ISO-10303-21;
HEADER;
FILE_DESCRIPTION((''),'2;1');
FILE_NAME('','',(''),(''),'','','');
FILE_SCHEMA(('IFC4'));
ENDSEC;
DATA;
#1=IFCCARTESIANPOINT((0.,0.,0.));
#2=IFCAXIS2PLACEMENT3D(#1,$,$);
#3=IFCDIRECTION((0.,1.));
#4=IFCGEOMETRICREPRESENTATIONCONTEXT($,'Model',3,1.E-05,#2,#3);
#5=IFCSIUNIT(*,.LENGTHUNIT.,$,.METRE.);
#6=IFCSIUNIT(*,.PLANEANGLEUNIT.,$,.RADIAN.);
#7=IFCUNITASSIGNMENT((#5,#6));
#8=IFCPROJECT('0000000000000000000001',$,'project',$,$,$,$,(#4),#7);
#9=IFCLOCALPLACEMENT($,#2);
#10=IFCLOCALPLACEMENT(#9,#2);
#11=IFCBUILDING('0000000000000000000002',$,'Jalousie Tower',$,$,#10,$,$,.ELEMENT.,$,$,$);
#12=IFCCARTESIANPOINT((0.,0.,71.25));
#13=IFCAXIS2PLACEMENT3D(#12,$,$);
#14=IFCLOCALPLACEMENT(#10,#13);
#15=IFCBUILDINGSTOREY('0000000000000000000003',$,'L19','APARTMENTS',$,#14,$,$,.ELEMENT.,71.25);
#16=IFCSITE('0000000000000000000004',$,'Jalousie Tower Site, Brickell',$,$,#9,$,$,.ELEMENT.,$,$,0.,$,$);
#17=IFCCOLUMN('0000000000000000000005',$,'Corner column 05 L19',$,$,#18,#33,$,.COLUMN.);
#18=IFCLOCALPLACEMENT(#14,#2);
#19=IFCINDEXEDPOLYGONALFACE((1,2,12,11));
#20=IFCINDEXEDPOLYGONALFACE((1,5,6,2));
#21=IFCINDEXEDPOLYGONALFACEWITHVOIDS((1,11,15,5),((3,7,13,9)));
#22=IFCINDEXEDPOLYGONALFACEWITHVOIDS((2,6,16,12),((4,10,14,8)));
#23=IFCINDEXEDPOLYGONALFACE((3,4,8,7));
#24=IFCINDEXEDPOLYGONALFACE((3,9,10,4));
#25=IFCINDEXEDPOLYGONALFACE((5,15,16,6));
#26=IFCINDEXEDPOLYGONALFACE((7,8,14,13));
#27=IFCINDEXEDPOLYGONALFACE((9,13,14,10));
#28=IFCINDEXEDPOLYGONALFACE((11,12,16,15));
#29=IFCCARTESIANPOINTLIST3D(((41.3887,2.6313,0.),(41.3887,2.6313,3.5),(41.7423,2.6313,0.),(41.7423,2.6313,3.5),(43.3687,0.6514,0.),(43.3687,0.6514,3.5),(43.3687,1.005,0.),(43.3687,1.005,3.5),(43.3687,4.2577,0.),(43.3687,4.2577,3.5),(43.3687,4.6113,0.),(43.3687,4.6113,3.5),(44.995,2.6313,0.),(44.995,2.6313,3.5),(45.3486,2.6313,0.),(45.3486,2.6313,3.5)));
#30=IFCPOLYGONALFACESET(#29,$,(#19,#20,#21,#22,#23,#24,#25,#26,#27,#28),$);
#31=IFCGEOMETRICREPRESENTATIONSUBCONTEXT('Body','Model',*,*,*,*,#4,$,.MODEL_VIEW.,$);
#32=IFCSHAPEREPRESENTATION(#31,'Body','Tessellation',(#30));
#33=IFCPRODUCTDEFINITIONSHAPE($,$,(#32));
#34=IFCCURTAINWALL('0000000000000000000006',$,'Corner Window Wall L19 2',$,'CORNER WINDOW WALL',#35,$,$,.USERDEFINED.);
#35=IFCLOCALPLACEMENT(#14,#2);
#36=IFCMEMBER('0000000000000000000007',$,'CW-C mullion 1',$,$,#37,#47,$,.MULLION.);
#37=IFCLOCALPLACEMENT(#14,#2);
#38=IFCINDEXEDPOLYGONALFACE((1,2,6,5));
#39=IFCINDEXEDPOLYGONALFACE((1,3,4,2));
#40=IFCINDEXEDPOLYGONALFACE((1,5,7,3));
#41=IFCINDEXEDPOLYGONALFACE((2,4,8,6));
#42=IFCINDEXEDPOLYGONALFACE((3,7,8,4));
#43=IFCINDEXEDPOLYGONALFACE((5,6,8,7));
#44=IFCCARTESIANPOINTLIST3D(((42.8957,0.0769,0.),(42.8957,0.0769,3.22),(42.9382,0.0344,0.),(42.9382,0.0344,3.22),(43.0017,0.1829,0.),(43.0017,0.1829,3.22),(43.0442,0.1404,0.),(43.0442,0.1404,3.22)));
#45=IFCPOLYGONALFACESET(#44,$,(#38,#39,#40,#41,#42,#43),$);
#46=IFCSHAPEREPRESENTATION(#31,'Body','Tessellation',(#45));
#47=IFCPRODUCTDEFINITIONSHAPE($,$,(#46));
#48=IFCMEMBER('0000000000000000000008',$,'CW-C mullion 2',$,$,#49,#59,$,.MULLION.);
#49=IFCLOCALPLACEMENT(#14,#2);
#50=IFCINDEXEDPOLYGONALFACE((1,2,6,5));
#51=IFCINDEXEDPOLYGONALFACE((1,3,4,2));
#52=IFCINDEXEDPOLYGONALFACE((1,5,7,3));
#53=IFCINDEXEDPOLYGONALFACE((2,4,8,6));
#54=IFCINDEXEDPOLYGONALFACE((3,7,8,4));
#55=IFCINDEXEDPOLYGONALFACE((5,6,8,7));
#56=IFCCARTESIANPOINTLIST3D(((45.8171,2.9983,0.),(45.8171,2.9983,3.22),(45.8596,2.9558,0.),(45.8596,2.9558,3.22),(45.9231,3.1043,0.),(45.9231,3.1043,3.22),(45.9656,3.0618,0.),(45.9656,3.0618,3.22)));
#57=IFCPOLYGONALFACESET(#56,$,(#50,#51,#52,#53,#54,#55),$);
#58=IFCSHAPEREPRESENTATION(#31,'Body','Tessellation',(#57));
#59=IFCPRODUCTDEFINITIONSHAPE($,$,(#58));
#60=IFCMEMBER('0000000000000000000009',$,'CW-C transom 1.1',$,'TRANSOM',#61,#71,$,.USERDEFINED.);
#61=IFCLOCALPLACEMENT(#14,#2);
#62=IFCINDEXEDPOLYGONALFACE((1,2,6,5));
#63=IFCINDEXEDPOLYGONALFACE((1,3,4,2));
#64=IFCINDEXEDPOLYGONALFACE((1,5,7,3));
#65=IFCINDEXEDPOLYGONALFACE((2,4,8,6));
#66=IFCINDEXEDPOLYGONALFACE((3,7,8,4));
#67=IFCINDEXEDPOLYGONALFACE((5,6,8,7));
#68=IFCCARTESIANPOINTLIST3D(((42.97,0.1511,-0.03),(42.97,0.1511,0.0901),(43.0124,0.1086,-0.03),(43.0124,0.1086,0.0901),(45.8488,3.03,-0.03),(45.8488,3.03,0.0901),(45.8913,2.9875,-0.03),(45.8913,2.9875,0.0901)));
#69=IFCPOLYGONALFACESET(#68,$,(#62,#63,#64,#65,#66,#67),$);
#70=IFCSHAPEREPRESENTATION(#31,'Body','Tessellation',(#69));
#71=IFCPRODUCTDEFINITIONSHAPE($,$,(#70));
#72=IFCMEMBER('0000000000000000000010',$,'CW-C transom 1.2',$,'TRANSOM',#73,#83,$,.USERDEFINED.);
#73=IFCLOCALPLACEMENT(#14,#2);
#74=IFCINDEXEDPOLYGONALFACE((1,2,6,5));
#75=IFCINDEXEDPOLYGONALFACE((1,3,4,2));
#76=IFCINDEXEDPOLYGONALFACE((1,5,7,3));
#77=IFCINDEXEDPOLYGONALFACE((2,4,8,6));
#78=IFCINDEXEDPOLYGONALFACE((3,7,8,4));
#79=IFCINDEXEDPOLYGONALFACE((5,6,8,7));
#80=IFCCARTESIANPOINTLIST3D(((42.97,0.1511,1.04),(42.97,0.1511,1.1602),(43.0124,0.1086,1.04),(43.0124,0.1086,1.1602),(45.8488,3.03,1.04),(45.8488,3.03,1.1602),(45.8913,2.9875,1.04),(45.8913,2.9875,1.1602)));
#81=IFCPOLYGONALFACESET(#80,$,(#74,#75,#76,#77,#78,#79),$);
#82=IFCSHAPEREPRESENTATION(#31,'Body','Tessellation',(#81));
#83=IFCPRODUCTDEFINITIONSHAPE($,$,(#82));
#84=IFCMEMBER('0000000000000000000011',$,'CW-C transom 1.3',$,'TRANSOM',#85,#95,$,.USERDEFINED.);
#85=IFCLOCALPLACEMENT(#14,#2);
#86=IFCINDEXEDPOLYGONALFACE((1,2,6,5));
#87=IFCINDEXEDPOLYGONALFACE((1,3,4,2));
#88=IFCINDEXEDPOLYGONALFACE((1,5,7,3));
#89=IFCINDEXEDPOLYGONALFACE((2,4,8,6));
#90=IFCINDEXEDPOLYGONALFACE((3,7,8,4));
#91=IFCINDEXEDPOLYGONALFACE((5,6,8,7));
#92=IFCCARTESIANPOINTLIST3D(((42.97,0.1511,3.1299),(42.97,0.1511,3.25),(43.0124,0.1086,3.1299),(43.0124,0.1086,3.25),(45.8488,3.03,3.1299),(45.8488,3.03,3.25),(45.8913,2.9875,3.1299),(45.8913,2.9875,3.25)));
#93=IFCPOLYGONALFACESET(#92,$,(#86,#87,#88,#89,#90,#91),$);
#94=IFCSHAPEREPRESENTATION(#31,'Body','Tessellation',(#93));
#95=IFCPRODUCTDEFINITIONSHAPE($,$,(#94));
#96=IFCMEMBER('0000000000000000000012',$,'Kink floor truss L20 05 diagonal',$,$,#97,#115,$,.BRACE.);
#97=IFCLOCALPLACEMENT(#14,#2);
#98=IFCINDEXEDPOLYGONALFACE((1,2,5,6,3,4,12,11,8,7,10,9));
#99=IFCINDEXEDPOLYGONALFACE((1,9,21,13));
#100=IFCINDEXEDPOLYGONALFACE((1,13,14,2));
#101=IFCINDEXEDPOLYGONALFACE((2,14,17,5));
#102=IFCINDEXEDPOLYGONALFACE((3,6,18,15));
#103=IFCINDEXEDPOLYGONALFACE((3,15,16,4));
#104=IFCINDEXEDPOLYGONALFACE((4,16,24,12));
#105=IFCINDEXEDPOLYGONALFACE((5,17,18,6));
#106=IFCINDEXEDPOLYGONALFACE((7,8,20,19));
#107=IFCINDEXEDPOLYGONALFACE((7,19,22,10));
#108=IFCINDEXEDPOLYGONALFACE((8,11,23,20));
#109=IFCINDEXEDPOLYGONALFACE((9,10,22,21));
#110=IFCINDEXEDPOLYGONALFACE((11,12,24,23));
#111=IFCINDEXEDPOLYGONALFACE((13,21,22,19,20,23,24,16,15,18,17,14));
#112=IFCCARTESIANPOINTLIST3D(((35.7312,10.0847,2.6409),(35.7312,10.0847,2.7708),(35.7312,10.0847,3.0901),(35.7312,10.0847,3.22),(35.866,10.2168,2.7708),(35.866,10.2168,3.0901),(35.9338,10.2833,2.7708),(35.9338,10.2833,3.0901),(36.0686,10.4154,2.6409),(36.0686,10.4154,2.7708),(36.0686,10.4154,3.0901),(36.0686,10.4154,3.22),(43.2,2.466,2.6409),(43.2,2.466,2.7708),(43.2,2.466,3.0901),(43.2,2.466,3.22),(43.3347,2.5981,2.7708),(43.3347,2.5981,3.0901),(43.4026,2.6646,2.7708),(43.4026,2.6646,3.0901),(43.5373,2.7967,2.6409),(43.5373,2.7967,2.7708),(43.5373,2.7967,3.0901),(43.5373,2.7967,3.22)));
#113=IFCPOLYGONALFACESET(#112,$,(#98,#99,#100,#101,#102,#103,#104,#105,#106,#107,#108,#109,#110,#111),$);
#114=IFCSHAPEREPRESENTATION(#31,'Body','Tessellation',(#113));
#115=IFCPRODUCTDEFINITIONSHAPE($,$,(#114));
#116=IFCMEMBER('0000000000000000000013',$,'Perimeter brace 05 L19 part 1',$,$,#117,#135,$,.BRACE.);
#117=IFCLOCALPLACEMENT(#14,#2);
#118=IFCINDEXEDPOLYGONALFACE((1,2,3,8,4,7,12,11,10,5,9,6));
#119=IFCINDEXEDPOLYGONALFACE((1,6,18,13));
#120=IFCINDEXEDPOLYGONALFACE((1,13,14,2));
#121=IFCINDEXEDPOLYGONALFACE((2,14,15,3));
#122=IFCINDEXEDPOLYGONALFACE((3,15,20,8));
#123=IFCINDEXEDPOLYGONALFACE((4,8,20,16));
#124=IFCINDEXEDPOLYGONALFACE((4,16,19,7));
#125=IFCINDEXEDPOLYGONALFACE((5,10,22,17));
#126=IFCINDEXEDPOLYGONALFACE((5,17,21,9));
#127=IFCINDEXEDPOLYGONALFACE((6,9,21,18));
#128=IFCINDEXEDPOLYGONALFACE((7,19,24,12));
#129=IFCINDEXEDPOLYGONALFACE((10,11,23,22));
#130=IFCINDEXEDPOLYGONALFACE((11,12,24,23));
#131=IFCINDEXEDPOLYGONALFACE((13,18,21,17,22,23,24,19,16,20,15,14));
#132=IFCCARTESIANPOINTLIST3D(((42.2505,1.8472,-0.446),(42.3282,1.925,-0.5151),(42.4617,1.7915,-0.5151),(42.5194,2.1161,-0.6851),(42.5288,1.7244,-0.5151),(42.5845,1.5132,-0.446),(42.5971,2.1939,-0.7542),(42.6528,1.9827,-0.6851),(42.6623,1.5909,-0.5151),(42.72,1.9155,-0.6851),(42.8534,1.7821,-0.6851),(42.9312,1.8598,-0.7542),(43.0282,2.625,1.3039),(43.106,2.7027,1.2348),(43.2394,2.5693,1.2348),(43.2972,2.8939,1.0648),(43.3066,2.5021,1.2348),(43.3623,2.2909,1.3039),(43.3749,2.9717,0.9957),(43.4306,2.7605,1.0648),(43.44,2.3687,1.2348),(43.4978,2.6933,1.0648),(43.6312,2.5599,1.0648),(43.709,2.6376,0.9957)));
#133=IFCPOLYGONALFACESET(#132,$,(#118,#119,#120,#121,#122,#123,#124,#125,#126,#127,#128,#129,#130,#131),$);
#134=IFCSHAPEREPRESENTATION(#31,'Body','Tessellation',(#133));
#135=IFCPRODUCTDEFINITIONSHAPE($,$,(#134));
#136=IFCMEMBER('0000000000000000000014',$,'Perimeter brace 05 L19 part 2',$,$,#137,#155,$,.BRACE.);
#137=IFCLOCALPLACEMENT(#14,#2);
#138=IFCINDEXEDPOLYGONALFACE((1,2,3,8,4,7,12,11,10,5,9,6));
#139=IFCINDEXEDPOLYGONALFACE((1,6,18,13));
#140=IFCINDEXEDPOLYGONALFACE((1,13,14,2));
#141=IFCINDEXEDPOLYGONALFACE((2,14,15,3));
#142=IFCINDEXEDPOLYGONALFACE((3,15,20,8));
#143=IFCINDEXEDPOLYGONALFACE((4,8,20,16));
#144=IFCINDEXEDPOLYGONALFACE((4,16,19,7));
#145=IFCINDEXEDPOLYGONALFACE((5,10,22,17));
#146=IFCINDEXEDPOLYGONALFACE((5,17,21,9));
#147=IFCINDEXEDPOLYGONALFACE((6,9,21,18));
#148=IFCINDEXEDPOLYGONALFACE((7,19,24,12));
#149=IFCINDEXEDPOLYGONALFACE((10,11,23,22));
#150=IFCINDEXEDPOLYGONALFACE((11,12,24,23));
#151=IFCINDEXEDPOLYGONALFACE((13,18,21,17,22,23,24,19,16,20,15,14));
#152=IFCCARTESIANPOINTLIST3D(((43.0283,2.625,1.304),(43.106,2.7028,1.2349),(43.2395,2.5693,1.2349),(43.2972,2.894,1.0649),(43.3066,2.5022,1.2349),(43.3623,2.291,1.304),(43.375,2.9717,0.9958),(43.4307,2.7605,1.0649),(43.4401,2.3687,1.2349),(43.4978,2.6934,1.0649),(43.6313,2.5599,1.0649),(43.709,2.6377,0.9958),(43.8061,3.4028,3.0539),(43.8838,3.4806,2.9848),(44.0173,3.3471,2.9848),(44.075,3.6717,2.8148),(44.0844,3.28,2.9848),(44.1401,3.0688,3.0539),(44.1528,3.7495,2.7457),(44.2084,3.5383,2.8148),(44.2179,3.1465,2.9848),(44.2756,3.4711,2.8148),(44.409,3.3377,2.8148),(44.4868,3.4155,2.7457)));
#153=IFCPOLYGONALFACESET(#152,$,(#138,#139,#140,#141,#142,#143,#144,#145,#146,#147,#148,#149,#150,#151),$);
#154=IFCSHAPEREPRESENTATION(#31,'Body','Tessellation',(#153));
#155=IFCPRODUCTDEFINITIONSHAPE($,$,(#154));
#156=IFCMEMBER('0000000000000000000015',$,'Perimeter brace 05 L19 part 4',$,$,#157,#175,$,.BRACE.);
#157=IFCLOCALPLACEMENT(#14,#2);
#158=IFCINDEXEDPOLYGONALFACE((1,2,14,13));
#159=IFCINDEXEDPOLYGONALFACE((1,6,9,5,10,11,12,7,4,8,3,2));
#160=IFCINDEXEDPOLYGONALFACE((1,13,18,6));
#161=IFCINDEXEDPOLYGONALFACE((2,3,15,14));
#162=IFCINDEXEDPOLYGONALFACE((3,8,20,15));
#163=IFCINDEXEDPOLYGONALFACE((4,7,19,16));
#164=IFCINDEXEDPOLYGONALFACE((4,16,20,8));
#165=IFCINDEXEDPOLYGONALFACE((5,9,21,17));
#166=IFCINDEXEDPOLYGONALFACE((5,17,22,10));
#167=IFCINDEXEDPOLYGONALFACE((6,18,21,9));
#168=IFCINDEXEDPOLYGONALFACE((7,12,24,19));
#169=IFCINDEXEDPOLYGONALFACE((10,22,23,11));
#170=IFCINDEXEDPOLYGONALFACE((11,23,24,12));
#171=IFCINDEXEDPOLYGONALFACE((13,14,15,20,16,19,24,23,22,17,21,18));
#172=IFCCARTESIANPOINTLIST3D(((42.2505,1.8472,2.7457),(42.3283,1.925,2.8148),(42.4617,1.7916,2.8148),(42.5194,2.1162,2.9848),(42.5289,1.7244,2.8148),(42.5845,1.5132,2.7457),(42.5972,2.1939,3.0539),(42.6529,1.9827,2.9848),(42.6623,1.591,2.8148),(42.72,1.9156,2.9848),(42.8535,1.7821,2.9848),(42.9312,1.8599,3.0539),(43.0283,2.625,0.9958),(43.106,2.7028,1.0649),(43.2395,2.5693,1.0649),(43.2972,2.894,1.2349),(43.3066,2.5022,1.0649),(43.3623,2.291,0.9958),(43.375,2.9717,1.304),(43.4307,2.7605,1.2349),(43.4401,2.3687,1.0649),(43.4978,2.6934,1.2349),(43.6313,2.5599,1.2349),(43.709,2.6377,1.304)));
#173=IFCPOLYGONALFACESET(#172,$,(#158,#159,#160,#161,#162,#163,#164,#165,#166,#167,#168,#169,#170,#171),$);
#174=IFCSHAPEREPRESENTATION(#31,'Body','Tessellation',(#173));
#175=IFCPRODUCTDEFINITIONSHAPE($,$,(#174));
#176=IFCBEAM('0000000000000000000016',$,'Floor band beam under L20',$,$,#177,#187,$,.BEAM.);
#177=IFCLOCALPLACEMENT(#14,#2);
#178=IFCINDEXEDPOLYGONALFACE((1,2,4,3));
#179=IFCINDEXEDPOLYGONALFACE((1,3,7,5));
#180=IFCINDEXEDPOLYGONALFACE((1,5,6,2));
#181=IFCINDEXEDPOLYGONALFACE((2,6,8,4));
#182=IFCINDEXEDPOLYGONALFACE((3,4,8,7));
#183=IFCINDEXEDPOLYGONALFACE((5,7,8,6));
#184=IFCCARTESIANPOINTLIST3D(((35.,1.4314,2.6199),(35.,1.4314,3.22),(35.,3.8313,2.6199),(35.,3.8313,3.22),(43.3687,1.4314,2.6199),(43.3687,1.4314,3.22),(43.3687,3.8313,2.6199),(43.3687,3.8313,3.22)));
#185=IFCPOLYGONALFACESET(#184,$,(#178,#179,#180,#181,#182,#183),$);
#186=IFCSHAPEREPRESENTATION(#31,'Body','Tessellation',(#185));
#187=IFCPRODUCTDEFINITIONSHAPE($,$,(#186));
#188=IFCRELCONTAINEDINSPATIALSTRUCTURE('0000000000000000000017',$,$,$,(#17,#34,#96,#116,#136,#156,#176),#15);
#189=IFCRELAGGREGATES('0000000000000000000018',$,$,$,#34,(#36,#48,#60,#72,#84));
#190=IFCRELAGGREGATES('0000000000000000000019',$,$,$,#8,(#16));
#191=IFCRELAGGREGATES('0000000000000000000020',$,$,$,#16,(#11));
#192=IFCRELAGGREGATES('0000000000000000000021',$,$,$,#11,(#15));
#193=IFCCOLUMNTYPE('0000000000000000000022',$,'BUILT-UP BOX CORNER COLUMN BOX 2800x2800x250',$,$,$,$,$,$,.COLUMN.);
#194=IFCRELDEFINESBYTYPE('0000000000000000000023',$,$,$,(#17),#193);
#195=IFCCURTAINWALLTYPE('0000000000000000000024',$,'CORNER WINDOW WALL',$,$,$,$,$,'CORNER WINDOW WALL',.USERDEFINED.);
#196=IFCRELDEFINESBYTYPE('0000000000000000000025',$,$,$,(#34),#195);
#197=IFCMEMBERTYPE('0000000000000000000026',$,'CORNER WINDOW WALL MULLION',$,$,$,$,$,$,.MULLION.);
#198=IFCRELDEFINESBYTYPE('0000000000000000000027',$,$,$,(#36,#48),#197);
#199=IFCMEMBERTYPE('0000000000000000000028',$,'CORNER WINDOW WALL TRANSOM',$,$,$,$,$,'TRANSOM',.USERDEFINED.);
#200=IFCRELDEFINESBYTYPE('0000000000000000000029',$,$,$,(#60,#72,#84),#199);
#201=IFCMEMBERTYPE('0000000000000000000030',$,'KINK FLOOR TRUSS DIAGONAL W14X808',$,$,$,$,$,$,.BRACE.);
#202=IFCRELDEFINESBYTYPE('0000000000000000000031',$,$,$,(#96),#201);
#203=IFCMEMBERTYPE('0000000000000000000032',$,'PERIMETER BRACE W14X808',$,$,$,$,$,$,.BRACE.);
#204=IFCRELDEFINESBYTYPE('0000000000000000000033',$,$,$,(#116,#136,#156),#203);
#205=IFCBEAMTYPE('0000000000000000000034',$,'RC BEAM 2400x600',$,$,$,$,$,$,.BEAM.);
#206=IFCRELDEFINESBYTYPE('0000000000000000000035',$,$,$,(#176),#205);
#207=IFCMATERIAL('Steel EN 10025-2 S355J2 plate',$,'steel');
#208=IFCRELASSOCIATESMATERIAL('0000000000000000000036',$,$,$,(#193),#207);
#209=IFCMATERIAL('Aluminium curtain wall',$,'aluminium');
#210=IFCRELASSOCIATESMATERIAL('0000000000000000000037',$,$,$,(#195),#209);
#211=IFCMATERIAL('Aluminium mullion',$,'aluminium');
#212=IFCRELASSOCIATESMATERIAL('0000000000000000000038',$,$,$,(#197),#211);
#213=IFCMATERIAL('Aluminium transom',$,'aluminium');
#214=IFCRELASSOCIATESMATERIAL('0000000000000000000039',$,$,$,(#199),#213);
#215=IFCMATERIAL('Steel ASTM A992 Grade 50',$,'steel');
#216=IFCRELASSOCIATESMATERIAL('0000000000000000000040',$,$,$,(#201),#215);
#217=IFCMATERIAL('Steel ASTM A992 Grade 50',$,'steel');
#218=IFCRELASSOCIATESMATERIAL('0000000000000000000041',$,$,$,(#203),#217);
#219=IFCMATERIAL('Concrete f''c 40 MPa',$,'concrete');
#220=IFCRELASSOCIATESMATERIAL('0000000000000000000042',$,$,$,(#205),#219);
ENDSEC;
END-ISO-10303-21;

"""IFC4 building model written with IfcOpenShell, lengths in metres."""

from ifc_helpers import new_model, si_unit, direction, frame, origin, origin_2d, place, context, subcontext, project, spatial, rectangle, hollow_rectangle, i_section, extrude, material, material_profile, profile_set, type_object, element, aggregate, save


model = new_model("IFC4")

# Units and contexts
model_context = context("Model", 3, precision=1e-05, world=origin(), true_north=direction((0.0, 1.0)))
body_context = subcontext(model_context, "Body", "Model", "MODEL_VIEW")
ifc_project = project(units=[si_unit("LENGTHUNIT", "METRE"), si_unit("PLANEANGLEUNIT", "RADIAN")], contexts=[model_context])

# Site, building, storey
site_placement = place(None, origin())
site = spatial("IfcSite", under=ifc_project, at=site_placement, Name="Jalousie Tower Site, Brickell", CompositionType="ELEMENT", RefElevation=0.0)
building_placement = place(site_placement, origin())
building = spatial("IfcBuilding", under=site, at=building_placement, Name="Jalousie Tower", CompositionType="ELEMENT")
storey_placement = place(building_placement, frame((0.0, 0.0, 71.25)))
storey = spatial("IfcBuildingStorey", under=building, at=storey_placement, Name="L19", Description="APARTMENTS", CompositionType="ELEMENT", Elevation=71.25)

# Column
ifc_material_1 = material(Name="Steel EN 10025-2 S355J2 plate", Category="steel")
ifc_material_profile_1 = material_profile(ifc_material_1, hollow_rectangle(XDim=2.8, YDim=2.8, WallThickness=0.25, at=origin_2d()), Name="BOX 2800x2800x250")
ifc_profile_set_1 = profile_set([ifc_material_profile_1], Name="Steel EN 10025-2 S355J2 plate")
column_type = type_object("IfcColumnType", Name="BUILT-UP BOX CORNER COLUMN BOX 2800x2800x250", PredefinedType="COLUMN", material=ifc_profile_set_1)
column_placement = place(storey_placement, frame((43.3687, 2.6313, 0.0), z_axis=(0.0, 0.0, 1.0), x_axis=(-0.707107, 0.707107, 0.0)))
element("IfcColumn", 1, at=column_placement, inside=storey, type_object=column_type, Name="Corner column 05 L19", PredefinedType="COLUMN", context=body_context, shape_type="SweptSolid", body=[
    extrude(hollow_rectangle(XDim=2.8, YDim=2.8, WallThickness=0.25, at=origin_2d()), origin(), (0.0, 0.0, 1.0), 3.5),
])

# Curtain wall, members
ifc_material_2 = material(Name="Aluminium curtain wall", Category="aluminium")
curtain_wall_type_1 = type_object("IfcCurtainWallType", Name="CORNER WINDOW WALL", ElementType="CORNER WINDOW WALL", PredefinedType="USERDEFINED", material=ifc_material_2)
curtain_wall_1_placement = place(storey_placement, origin())
curtain_wall_1 = element("IfcCurtainWall", 2, at=curtain_wall_1_placement, inside=storey, type_object=curtain_wall_type_1, Name="Corner Window Wall L19 2", ObjectType="CORNER WINDOW WALL", PredefinedType="USERDEFINED")
ifc_material_3 = material(Name="Aluminium mullion", Category="aluminium")
ifc_material_profile_2 = material_profile(ifc_material_3, rectangle(XDim=0.0601, YDim=0.1499, at=origin_2d()), Name="MULLION 60x150")
ifc_profile_set_2 = profile_set([ifc_material_profile_2], Name="Aluminium mullion")
member_type_1 = type_object("IfcMemberType", Name="CORNER WINDOW WALL MULLION", PredefinedType="MULLION", material=ifc_profile_set_2)
member_1_placement = place(storey_placement, frame((42.97, 0.1086, 0.0), z_axis=(0.0, 0.0, 1.0), x_axis=(-0.707107, 0.707107, 0.0)))
member_1 = element("IfcMember", 3, at=member_1_placement, type_object=member_type_1, Name="CW-C mullion 1", PredefinedType="MULLION", context=body_context, shape_type="SweptSolid", body=[
    extrude(rectangle(XDim=0.0601, YDim=0.1499, at=origin_2d()), origin(), (0.0, 0.0, 1.0), 3.22),
])
member_2_placement = place(storey_placement, frame((45.8914, 3.03, 0.0), z_axis=(0.0, 0.0, 1.0), x_axis=(-0.707107, 0.707107, 0.0)))
member_2 = element("IfcMember", 4, at=member_2_placement, type_object=member_type_1, Name="CW-C mullion 2", PredefinedType="MULLION", context=body_context, shape_type="SweptSolid", body=[
    extrude(rectangle(XDim=0.0601, YDim=0.1499, at=origin_2d()), origin(), (0.0, 0.0, 1.0), 3.22),
])
ifc_material_4 = material(Name="Aluminium transom", Category="aluminium")
ifc_material_profile_3 = material_profile(ifc_material_4, rectangle(XDim=0.0601, YDim=0.1201, at=origin_2d()), Name="TRANSOM 60x120")
ifc_profile_set_3 = profile_set([ifc_material_profile_3], Name="Aluminium transom")
member_type_2 = type_object("IfcMemberType", Name="CORNER WINDOW WALL TRANSOM", ElementType="TRANSOM", PredefinedType="USERDEFINED", material=ifc_profile_set_3)
member_3_placement = place(storey_placement, frame((42.9912, 0.1299, 0.03), z_axis=(0.707107, 0.707107, 0.0), x_axis=(-0.707107, 0.707107, 0.0)))
member_3 = element("IfcMember", 5, at=member_3_placement, type_object=member_type_2, Name="CW-C transom 1.1", ObjectType="TRANSOM", PredefinedType="USERDEFINED", context=body_context, shape_type="SweptSolid", body=[
    extrude(rectangle(XDim=0.0601, YDim=0.1201, at=origin_2d()), origin(), (0.0, 0.0, 1.0), 4.0713),
])
member_4_placement = place(storey_placement, frame((42.9912, 0.1299, 1.1001), z_axis=(0.707107, 0.707107, 0.0), x_axis=(-0.707107, 0.707107, 0.0)))
member_4 = element("IfcMember", 6, at=member_4_placement, type_object=member_type_2, Name="CW-C transom 1.2", ObjectType="TRANSOM", PredefinedType="USERDEFINED", context=body_context, shape_type="SweptSolid", body=[
    extrude(rectangle(XDim=0.0601, YDim=0.1201, at=origin_2d()), origin(), (0.0, 0.0, 1.0), 4.0713),
])
member_5_placement = place(storey_placement, frame((42.9912, 0.1299, 3.1899), z_axis=(0.707107, 0.707107, 0.0), x_axis=(-0.707107, 0.707107, 0.0)))
member_5 = element("IfcMember", 7, at=member_5_placement, type_object=member_type_2, Name="CW-C transom 1.3", ObjectType="TRANSOM", PredefinedType="USERDEFINED", context=body_context, shape_type="SweptSolid", body=[
    extrude(rectangle(XDim=0.0601, YDim=0.1201, at=origin_2d()), origin(), (0.0, 0.0, 1.0), 4.0713),
])

# Members
ifc_material_5 = material(Name="Steel ASTM A992 Grade 50", Category="steel")
ifc_material_profile_4 = material_profile(ifc_material_5, i_section(OverallWidth=0.4724, OverallDepth=0.5791, WebThickness=0.095, FlangeThickness=0.1299, at=origin_2d()), Name="W14X808")
ifc_profile_set_4 = profile_set([ifc_material_profile_4], Name="Steel ASTM A992 Grade 50")
member_type_3 = type_object("IfcMemberType", Name="KINK FLOOR TRUSS DIAGONAL W14X808", PredefinedType="BRACE", material=ifc_profile_set_4)
member_6_placement = place(storey_placement, frame((43.3687, 2.6313, 2.9304), z_axis=(-0.700047, 0.714097, 0.0), x_axis=(-0.714097, -0.700047, 0.0)))
element("IfcMember", 8, at=member_6_placement, inside=storey, type_object=member_type_3, Name="Kink floor truss L20 05 diagonal", PredefinedType="BRACE", context=body_context, shape_type="SweptSolid", body=[
    extrude(i_section(OverallWidth=0.4724, OverallDepth=0.5791, WebThickness=0.095, FlangeThickness=0.1299, at=origin_2d()), origin(), (0.0, 0.0, 1.0), 10.6689),
])
ifc_material_6 = material(Name="Steel ASTM A992 Grade 50", Category="steel")
ifc_material_profile_5 = material_profile(ifc_material_6, i_section(OverallWidth=0.4724, OverallDepth=0.5791, WebThickness=0.095, FlangeThickness=0.1299, at=origin_2d()), Name="W14X808")
ifc_profile_set_5 = profile_set([ifc_material_profile_5], Name="Steel ASTM A992 Grade 50")
member_type_4 = type_object("IfcMemberType", Name="PERIMETER BRACE W14X808", PredefinedType="BRACE", material=ifc_profile_set_5)
for number, where, z_axis, x_axis, name in (
    (9, (42.5908, 1.8535, -0.6001), (0.376307, 0.376307, 0.846632), (-0.707107, 0.707107, 0.0), "Perimeter brace 05 L19 part 1"),
    (10, (43.3687, 2.6313, 1.1499), (0.376307, 0.376307, 0.846632), (-0.707107, 0.707107, 0.0), "Perimeter brace 05 L19 part 2"),
    (11, (43.3687, 2.6313, 1.1499), (-0.376307, -0.376307, 0.846632), (0.707107, -0.707107, 0.0), "Perimeter brace 05 L19 part 4"),
):
    element("IfcMember", number, at=place(storey_placement, frame(where, z_axis=z_axis, x_axis=x_axis)), inside=storey, type_object=member_type_4, Name=name, PredefinedType="BRACE", context=body_context, shape_type="SweptSolid", body=[
        extrude(i_section(OverallWidth=0.4724, OverallDepth=0.5791, WebThickness=0.095, FlangeThickness=0.1299, at=origin_2d()), origin(), (0.0, 0.0, 1.0), 2.0669),
    ])

# Beam
ifc_material_7 = material(Name="Concrete f'c 40 MPa", Category="concrete")
ifc_material_profile_6 = material_profile(ifc_material_7, rectangle(XDim=2.3999, YDim=0.6001, at=origin_2d()), Name="RC 2400x600")
ifc_profile_set_6 = profile_set([ifc_material_profile_6], Name="Concrete f'c 40 MPa")
beam_type = type_object("IfcBeamType", Name="RC BEAM 2400x600", PredefinedType="BEAM", material=ifc_profile_set_6)
beam_placement = place(storey_placement, frame((43.3687, 2.6313, 2.9199), z_axis=(-1.0, 0.0, 0.0), x_axis=(0.0, -1.0, 0.0)))
element("IfcBeam", 12, at=beam_placement, inside=storey, type_object=beam_type, Name="Floor band beam under L20", PredefinedType="BEAM", context=body_context, shape_type="SweptSolid", body=[
    extrude(rectangle(XDim=2.3999, YDim=0.6001, at=origin_2d()), origin(), (0.0, 0.0, 1.0), 8.3687),
])

aggregate(curtain_wall_1, [member_1, member_2, member_3, member_4, member_5])

save(model, "model.ifc")
